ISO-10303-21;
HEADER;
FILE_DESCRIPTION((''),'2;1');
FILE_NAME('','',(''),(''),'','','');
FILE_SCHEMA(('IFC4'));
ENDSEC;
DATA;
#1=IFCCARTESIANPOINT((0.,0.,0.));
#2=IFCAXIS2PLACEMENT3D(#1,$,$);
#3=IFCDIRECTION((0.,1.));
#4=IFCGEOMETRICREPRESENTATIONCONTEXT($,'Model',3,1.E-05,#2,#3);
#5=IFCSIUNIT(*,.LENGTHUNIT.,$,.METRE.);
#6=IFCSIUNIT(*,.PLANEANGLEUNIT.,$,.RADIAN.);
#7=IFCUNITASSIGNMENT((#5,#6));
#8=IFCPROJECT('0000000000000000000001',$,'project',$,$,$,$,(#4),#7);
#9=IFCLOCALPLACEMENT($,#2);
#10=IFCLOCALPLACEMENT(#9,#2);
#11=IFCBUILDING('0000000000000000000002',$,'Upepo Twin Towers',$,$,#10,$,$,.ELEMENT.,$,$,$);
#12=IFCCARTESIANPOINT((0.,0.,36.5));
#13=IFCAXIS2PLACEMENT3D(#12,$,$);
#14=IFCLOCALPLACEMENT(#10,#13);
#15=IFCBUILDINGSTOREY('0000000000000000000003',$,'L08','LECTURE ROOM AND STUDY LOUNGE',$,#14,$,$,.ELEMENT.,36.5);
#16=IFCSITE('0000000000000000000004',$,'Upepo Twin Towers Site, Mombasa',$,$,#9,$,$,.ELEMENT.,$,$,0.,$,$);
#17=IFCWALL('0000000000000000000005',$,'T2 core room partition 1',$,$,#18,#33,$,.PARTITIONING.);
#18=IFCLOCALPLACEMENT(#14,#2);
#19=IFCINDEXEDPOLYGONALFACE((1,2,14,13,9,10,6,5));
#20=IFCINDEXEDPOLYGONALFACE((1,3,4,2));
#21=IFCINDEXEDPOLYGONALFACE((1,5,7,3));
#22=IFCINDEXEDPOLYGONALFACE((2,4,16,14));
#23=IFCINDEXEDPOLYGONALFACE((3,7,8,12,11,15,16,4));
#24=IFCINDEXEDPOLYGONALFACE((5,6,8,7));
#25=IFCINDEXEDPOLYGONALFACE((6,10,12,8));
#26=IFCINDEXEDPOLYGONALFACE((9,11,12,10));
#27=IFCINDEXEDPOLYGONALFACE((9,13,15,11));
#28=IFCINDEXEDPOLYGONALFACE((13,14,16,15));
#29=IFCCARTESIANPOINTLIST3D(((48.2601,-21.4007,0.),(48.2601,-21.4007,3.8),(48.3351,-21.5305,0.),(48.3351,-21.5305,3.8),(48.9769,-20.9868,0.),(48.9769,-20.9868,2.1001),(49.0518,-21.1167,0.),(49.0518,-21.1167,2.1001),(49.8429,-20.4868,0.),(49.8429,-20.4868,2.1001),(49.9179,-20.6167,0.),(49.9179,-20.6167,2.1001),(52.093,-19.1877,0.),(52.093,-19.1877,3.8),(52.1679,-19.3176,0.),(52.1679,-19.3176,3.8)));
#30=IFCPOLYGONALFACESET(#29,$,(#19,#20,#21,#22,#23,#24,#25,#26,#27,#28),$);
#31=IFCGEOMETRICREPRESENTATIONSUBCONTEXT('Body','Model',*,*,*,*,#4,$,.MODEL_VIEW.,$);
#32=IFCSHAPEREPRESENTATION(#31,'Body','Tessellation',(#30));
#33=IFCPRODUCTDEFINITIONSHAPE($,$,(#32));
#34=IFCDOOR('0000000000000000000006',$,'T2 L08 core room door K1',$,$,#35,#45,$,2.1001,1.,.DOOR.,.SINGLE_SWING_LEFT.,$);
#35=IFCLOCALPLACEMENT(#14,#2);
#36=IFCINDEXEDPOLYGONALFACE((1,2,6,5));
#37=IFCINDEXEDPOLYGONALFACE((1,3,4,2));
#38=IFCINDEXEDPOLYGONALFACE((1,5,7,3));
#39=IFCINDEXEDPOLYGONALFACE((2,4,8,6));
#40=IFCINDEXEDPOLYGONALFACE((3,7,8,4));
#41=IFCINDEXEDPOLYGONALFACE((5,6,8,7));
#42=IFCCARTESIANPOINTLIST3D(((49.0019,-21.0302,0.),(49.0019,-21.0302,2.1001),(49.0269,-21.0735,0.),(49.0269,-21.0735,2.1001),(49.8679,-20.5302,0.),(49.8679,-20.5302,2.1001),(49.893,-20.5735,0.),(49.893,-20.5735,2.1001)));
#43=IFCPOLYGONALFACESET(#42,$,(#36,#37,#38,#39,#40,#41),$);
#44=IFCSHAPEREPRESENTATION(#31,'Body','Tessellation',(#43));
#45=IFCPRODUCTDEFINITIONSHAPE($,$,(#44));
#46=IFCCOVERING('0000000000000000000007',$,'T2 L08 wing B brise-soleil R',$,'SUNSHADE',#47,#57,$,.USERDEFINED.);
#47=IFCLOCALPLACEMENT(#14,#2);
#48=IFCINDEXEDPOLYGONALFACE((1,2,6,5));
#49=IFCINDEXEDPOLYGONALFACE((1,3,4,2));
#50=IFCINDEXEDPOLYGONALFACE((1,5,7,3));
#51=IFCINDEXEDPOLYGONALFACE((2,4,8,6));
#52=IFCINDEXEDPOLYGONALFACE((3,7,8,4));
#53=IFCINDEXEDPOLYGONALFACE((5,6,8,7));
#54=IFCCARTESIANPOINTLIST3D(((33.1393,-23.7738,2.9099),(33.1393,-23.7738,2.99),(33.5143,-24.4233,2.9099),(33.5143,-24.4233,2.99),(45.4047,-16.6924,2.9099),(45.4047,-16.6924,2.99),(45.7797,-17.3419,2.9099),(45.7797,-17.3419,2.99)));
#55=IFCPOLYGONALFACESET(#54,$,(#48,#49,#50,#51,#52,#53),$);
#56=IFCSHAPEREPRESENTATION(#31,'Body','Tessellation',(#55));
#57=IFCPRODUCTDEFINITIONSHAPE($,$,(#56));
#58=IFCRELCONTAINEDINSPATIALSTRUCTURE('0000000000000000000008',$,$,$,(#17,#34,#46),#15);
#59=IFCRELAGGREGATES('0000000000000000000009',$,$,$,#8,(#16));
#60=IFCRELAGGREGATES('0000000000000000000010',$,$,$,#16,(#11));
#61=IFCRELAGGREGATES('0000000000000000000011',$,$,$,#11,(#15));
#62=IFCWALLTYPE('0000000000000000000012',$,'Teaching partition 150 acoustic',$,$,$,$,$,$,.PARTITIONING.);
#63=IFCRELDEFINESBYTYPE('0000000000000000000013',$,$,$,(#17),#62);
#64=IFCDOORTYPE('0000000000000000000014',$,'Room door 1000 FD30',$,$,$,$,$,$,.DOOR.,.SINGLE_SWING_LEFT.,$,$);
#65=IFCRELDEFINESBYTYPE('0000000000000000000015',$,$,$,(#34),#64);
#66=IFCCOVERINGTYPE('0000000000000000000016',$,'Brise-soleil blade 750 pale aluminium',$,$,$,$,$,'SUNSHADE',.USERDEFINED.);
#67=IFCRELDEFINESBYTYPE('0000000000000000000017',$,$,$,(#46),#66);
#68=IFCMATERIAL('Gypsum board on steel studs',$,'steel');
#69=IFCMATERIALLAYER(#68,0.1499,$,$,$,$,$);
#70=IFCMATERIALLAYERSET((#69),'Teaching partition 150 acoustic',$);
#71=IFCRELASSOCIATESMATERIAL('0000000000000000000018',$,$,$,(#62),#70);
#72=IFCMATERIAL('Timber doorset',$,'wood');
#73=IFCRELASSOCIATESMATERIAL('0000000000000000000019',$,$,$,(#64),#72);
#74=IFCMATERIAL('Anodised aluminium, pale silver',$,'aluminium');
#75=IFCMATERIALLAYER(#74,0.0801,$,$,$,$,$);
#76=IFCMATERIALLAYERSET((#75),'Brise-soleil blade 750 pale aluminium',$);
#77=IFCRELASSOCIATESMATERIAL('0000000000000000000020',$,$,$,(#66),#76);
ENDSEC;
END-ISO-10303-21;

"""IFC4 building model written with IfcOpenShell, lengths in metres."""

from ifc_helpers import new_model, si_unit, direction, frame, frame_2d, origin, origin_2d, place, context, subcontext, project, spatial, rectangle, extrude, material, layer, layer_set, type_object, element, fill, save


model = new_model("IFC4")

# Units and contexts
model_context = context("Model", 3, precision=1e-05, world=origin(), true_north=direction((0.0, 1.0)))
body_context = subcontext(model_context, "Body", "Model", "MODEL_VIEW")
ifc_project = project(units=[si_unit("LENGTHUNIT", "METRE"), si_unit("PLANEANGLEUNIT", "RADIAN")], contexts=[model_context])

# Site, building, storey
site_placement = place(None, origin())
site = spatial("IfcSite", under=ifc_project, at=site_placement, Name="Upepo Twin Towers Site, Mombasa", CompositionType="ELEMENT", RefElevation=0.0)
building_placement = place(site_placement, origin())
building = spatial("IfcBuilding", under=site, at=building_placement, Name="Upepo Twin Towers", CompositionType="ELEMENT")
storey_placement = place(building_placement, frame((0.0, 0.0, 36.5)))
storey = spatial("IfcBuildingStorey", under=building, at=storey_placement, Name="L08", Description="LECTURE ROOM AND STUDY LOUNGE", CompositionType="ELEMENT", Elevation=36.5)

# Wall, opening, door
ifc_material_1 = material(Name="Gypsum board on steel studs", Category="steel")
ifc_layer_1 = layer(ifc_material_1, 0.1499)
ifc_layer_set_1 = layer_set([ifc_layer_1], Name="Teaching partition 150 acoustic")
wall_type_1 = type_object("IfcWallType", Name="Teaching partition 150 acoustic", PredefinedType="PARTITIONING", material=ifc_layer_set_1)
wall_1_placement = place(storey_placement, frame((48.2976, -21.4656, 0.0), z_axis=(0.0, 0.0, 1.0), x_axis=(0.866021, 0.500007, 0.0)))
wall_1 = element("IfcWall", 1, at=wall_1_placement, inside=storey, type_object=wall_type_1, Name="T2 core room partition 1", PredefinedType="PARTITIONING", context=body_context, shape_type="SweptSolid", body=[
    extrude(rectangle(XDim=4.4258, YDim=0.1499, at=frame_2d((2.2129, 0.0))), origin(), (0.0, 0.0, 1.0), 3.8),
])
opening_placement = place(wall_1_placement, frame((0.8276, 0.0, 0.0)))
opening = element("IfcOpeningElement", 2, at=opening_placement, cuts=wall_1, PredefinedType="OPENING", context=body_context, shape_type="SweptSolid", body=[
    extrude(rectangle(XDim=1.0, YDim=2.1001, at=frame_2d((0.5, 1.05))), frame((0.0, 0.085, 0.0), z_axis=(0.0, -1.0, 0.0), x_axis=(1.0, 0.0, 0.0)), (0.0, 0.0, 1.0), 0.1699),
])
ifc_material_2 = material(Name="Timber doorset", Category="wood")
door_type = type_object("IfcDoorType", Name="Room door 1000 FD30", OperationType="SINGLE_SWING_LEFT", PredefinedType="DOOR", material=ifc_material_2)
door_placement = place(opening_placement, origin())
door = element("IfcDoor", 3, at=door_placement, inside=storey, type_object=door_type, Name="T2 L08 core room door K1", OperationType="SINGLE_SWING_LEFT", OverallHeight=2.1001, OverallWidth=1.0, PredefinedType="DOOR", context=body_context, shape_type="SweptSolid", body=[
    extrude(rectangle(XDim=1.0, YDim=2.1001, at=frame_2d((0.5, 1.05))), frame((0.0, 0.0249, 0.0), z_axis=(0.0, -1.0, 0.0), x_axis=(1.0, 0.0, 0.0)), (0.0, 0.0, 1.0), 0.05),
])
fill(opening, door)

# Covering
ifc_material_3 = material(Name="Anodised aluminium, pale silver", Category="aluminium")
ifc_layer_2 = layer(ifc_material_3, 0.0801)
ifc_layer_set_2 = layer_set([ifc_layer_2], Name="Brise-soleil blade 750 pale aluminium")
covering_type = type_object("IfcCoveringType", Name="Brise-soleil blade 750 pale aluminium", ElementType="SUNSHADE", PredefinedType="USERDEFINED", material=ifc_layer_set_2)
covering_placement = place(storey_placement, frame((39.4595, -20.5579, 2.9099), z_axis=(0.0, 0.0, 1.0), x_axis=(-0.866025, -0.5, 0.0)))
element("IfcCovering", 4, at=covering_placement, inside=storey, type_object=covering_type, Name="T2 L08 wing B brise-soleil R", ObjectType="SUNSHADE", PredefinedType="USERDEFINED", context=body_context, shape_type="SweptSolid", body=[
    extrude(rectangle(XDim=14.1628, YDim=0.75, at=origin_2d()), origin(), (0.0, 0.0, 1.0), 0.0801),
])

save(model, "model.ifc")
